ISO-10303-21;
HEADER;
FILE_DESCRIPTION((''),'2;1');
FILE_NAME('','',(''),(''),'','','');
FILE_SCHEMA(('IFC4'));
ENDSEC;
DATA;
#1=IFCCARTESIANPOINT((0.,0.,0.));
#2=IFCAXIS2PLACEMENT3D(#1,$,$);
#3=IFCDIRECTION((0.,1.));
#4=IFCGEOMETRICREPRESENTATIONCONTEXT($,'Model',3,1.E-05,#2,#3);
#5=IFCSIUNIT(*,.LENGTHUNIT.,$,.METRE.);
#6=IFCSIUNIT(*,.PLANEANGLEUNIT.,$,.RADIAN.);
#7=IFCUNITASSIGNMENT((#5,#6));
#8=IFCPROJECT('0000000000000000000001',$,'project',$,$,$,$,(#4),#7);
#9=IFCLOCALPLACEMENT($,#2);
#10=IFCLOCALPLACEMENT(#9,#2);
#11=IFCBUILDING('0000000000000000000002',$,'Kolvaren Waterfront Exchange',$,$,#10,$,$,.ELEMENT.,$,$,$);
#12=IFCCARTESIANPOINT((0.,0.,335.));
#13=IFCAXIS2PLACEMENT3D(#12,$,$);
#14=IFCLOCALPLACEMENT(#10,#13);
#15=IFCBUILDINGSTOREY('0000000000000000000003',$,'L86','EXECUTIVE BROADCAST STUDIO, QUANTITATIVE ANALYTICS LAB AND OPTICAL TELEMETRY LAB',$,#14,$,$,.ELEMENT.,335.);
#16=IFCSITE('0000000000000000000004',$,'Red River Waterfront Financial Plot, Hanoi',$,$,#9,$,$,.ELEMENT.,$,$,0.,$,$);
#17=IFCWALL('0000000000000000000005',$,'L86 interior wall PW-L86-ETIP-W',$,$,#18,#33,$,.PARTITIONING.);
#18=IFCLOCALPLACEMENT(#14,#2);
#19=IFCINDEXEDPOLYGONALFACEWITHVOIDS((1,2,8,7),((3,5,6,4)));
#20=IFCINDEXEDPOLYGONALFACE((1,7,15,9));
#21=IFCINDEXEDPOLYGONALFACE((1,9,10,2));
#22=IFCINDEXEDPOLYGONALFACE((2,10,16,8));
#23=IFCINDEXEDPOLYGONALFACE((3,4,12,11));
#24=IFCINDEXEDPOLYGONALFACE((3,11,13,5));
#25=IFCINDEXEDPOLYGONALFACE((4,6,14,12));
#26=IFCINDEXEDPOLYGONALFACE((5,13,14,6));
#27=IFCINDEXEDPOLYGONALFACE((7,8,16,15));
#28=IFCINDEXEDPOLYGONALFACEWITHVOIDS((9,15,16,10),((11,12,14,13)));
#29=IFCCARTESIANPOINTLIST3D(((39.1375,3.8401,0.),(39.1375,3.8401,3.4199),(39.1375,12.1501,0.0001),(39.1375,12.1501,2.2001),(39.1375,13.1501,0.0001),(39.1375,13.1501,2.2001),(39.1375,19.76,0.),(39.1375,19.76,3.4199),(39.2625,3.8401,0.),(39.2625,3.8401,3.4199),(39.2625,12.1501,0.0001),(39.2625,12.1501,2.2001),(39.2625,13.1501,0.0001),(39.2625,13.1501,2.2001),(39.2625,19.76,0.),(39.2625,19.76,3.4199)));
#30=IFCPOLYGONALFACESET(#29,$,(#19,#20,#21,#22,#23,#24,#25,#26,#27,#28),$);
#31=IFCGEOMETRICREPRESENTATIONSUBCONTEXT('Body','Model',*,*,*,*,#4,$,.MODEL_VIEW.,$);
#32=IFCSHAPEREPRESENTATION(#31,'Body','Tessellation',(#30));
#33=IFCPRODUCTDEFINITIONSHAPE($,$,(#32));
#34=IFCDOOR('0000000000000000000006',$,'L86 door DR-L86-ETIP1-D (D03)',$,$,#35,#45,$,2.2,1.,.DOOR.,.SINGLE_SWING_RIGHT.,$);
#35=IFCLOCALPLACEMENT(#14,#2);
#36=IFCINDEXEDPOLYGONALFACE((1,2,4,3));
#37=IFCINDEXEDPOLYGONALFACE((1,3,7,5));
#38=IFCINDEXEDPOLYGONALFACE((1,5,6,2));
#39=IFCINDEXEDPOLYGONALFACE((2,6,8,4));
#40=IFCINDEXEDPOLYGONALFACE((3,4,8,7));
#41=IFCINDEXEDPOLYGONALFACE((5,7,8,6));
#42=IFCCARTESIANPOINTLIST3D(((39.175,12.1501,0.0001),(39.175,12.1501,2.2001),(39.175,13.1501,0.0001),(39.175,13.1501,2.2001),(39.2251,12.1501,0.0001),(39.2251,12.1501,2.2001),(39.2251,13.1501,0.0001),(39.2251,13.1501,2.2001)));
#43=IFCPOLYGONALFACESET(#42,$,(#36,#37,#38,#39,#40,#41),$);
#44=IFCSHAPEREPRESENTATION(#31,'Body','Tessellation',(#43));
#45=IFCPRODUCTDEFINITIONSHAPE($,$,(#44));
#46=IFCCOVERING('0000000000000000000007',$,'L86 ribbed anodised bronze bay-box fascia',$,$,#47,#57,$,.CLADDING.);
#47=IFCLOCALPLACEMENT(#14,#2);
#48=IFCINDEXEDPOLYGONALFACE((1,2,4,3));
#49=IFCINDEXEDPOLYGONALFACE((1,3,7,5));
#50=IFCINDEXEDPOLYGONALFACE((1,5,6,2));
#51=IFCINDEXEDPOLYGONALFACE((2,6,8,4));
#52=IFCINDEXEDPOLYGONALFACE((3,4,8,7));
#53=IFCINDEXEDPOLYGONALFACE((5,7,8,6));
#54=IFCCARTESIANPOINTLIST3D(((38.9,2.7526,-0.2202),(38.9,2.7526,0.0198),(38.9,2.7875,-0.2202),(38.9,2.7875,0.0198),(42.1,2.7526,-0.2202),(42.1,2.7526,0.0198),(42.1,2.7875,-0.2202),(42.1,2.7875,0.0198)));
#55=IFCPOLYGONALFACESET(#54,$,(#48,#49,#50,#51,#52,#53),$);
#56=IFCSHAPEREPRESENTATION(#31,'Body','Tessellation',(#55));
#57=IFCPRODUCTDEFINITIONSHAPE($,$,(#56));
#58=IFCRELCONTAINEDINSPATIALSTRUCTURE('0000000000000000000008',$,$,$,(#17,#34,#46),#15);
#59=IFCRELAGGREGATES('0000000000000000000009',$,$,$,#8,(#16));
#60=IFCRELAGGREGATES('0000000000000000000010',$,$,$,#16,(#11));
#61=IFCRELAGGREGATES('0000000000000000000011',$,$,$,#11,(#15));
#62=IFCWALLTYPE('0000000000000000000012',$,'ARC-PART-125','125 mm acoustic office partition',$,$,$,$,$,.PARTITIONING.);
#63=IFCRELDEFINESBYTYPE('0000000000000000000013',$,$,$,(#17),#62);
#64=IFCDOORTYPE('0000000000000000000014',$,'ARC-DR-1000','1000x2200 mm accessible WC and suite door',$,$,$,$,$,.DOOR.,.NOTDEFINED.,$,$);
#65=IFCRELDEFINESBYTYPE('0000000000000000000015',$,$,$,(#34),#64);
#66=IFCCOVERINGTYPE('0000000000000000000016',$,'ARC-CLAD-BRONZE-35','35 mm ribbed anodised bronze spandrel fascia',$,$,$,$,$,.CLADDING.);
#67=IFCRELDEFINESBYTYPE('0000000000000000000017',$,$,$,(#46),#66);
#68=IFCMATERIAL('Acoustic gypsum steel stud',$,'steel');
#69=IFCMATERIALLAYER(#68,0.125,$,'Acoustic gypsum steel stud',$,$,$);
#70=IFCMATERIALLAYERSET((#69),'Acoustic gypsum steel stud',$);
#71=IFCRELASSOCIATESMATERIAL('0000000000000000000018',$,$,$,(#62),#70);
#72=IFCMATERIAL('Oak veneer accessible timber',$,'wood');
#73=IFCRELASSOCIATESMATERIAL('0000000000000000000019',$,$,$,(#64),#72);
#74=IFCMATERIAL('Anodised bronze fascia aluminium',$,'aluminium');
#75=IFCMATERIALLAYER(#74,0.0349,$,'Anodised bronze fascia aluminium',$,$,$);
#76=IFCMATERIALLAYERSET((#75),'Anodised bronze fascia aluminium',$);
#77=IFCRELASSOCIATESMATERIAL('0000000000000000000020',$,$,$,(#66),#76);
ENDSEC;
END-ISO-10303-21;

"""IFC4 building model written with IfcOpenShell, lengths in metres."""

from ifc_helpers import new_model, si_unit, direction, frame, frame_2d, origin, origin_2d, place, context, subcontext, project, spatial, rectangle, extrude, material, layer, layer_set, type_object, element, fill, save


model = new_model("IFC4")

# Units and contexts
model_context = context("Model", 3, precision=1e-05, world=origin(), true_north=direction((0.0, 1.0)))
body_context = subcontext(model_context, "Body", "Model", "MODEL_VIEW")
ifc_project = project(units=[si_unit("LENGTHUNIT", "METRE"), si_unit("PLANEANGLEUNIT", "RADIAN")], contexts=[model_context])

# Site, building, storey
site_placement = place(None, origin())
site = spatial("IfcSite", under=ifc_project, at=site_placement, Name="Red River Waterfront Financial Plot, Hanoi", CompositionType="ELEMENT", RefElevation=0.0)
building_placement = place(site_placement, origin())
building = spatial("IfcBuilding", under=site, at=building_placement, Name="Kolvaren Waterfront Exchange", CompositionType="ELEMENT")
storey_placement = place(building_placement, frame((0.0, 0.0, 335.0)))
storey = spatial("IfcBuildingStorey", under=building, at=storey_placement, Name="L86", Description="EXECUTIVE BROADCAST STUDIO, QUANTITATIVE ANALYTICS LAB AND OPTICAL TELEMETRY LAB", CompositionType="ELEMENT", Elevation=335.0)

# Wall, opening, door
ifc_material_1 = material(Name="Acoustic gypsum steel stud", Category="steel")
ifc_layer_1 = layer(ifc_material_1, 0.125, Name="Acoustic gypsum steel stud")
ifc_layer_set_1 = layer_set([ifc_layer_1], Name="Acoustic gypsum steel stud")
wall_type_1 = type_object("IfcWallType", Name="ARC-PART-125", Description="125 mm acoustic office partition", PredefinedType="PARTITIONING", material=ifc_layer_set_1)
wall_1_placement = place(storey_placement, frame((39.2, 3.8401, 0.0), z_axis=(0.0, 0.0, 1.0), x_axis=(0.0, 1.0, 0.0)))
wall_1 = element("IfcWall", 1, at=wall_1_placement, inside=storey, type_object=wall_type_1, Name="L86 interior wall PW-L86-ETIP-W", PredefinedType="PARTITIONING", context=body_context, shape_type="SweptSolid", body=[
    extrude(rectangle(XDim=15.9199, YDim=0.125, at=frame_2d((7.96, 0.0))), origin(), (0.0, 0.0, 1.0), 3.4199),
])
opening_placement = place(wall_1_placement, frame((8.3101, 0.0, 0.0)))
opening = element("IfcOpeningElement", 2, at=opening_placement, cuts=wall_1, PredefinedType="OPENING", context=body_context, shape_type="SweptSolid", body=[
    extrude(rectangle(XDim=1.0, YDim=2.2, at=frame_2d((0.5, 1.1001))), frame((0.0, 0.0725, 0.0), z_axis=(0.0, -1.0, 0.0), x_axis=(1.0, 0.0, 0.0)), (0.0, 0.0, 1.0), 0.145),
])
ifc_material_2 = material(Name="Oak veneer accessible timber", Category="wood")
door_type = type_object("IfcDoorType", Name="ARC-DR-1000", Description="1000x2200 mm accessible WC and suite door", OperationType="NOTDEFINED", PredefinedType="DOOR", material=ifc_material_2)
door_placement = place(opening_placement, origin())
door = element("IfcDoor", 3, at=door_placement, inside=storey, type_object=door_type, Name="L86 door DR-L86-ETIP1-D (D03)", OperationType="SINGLE_SWING_RIGHT", OverallHeight=2.2, OverallWidth=1.0, PredefinedType="DOOR", context=body_context, shape_type="SweptSolid", body=[
    extrude(rectangle(XDim=1.0, YDim=2.2, at=frame_2d((0.5, 1.1001))), frame((0.0, 0.0249, 0.0), z_axis=(0.0, -1.0, 0.0), x_axis=(1.0, 0.0, 0.0)), (0.0, 0.0, 1.0), 0.05),
])
fill(opening, door)

# Covering
ifc_material_3 = material(Name="Anodised bronze fascia aluminium", Category="aluminium")
ifc_layer_2 = layer(ifc_material_3, 0.0349, Name="Anodised bronze fascia aluminium")
ifc_layer_set_2 = layer_set([ifc_layer_2], Name="Anodised bronze fascia aluminium")
covering_type = type_object("IfcCoveringType", Name="ARC-CLAD-BRONZE-35", Description="35 mm ribbed anodised bronze spandrel fascia", PredefinedType="CLADDING", material=ifc_layer_set_2)
covering_placement = place(storey_placement, frame((40.5, 2.77, -0.2202), z_axis=(0.0, 0.0, 1.0), x_axis=(1.0, 0.0, 0.0)))
element("IfcCovering", 4, at=covering_placement, inside=storey, type_object=covering_type, Name="L86 ribbed anodised bronze bay-box fascia", PredefinedType="CLADDING", context=body_context, shape_type="SweptSolid", body=[
    extrude(rectangle(XDim=3.2, YDim=0.0349, at=origin_2d()), origin(), (0.0, 0.0, 1.0), 0.24),
])

save(model, "model.ifc")
